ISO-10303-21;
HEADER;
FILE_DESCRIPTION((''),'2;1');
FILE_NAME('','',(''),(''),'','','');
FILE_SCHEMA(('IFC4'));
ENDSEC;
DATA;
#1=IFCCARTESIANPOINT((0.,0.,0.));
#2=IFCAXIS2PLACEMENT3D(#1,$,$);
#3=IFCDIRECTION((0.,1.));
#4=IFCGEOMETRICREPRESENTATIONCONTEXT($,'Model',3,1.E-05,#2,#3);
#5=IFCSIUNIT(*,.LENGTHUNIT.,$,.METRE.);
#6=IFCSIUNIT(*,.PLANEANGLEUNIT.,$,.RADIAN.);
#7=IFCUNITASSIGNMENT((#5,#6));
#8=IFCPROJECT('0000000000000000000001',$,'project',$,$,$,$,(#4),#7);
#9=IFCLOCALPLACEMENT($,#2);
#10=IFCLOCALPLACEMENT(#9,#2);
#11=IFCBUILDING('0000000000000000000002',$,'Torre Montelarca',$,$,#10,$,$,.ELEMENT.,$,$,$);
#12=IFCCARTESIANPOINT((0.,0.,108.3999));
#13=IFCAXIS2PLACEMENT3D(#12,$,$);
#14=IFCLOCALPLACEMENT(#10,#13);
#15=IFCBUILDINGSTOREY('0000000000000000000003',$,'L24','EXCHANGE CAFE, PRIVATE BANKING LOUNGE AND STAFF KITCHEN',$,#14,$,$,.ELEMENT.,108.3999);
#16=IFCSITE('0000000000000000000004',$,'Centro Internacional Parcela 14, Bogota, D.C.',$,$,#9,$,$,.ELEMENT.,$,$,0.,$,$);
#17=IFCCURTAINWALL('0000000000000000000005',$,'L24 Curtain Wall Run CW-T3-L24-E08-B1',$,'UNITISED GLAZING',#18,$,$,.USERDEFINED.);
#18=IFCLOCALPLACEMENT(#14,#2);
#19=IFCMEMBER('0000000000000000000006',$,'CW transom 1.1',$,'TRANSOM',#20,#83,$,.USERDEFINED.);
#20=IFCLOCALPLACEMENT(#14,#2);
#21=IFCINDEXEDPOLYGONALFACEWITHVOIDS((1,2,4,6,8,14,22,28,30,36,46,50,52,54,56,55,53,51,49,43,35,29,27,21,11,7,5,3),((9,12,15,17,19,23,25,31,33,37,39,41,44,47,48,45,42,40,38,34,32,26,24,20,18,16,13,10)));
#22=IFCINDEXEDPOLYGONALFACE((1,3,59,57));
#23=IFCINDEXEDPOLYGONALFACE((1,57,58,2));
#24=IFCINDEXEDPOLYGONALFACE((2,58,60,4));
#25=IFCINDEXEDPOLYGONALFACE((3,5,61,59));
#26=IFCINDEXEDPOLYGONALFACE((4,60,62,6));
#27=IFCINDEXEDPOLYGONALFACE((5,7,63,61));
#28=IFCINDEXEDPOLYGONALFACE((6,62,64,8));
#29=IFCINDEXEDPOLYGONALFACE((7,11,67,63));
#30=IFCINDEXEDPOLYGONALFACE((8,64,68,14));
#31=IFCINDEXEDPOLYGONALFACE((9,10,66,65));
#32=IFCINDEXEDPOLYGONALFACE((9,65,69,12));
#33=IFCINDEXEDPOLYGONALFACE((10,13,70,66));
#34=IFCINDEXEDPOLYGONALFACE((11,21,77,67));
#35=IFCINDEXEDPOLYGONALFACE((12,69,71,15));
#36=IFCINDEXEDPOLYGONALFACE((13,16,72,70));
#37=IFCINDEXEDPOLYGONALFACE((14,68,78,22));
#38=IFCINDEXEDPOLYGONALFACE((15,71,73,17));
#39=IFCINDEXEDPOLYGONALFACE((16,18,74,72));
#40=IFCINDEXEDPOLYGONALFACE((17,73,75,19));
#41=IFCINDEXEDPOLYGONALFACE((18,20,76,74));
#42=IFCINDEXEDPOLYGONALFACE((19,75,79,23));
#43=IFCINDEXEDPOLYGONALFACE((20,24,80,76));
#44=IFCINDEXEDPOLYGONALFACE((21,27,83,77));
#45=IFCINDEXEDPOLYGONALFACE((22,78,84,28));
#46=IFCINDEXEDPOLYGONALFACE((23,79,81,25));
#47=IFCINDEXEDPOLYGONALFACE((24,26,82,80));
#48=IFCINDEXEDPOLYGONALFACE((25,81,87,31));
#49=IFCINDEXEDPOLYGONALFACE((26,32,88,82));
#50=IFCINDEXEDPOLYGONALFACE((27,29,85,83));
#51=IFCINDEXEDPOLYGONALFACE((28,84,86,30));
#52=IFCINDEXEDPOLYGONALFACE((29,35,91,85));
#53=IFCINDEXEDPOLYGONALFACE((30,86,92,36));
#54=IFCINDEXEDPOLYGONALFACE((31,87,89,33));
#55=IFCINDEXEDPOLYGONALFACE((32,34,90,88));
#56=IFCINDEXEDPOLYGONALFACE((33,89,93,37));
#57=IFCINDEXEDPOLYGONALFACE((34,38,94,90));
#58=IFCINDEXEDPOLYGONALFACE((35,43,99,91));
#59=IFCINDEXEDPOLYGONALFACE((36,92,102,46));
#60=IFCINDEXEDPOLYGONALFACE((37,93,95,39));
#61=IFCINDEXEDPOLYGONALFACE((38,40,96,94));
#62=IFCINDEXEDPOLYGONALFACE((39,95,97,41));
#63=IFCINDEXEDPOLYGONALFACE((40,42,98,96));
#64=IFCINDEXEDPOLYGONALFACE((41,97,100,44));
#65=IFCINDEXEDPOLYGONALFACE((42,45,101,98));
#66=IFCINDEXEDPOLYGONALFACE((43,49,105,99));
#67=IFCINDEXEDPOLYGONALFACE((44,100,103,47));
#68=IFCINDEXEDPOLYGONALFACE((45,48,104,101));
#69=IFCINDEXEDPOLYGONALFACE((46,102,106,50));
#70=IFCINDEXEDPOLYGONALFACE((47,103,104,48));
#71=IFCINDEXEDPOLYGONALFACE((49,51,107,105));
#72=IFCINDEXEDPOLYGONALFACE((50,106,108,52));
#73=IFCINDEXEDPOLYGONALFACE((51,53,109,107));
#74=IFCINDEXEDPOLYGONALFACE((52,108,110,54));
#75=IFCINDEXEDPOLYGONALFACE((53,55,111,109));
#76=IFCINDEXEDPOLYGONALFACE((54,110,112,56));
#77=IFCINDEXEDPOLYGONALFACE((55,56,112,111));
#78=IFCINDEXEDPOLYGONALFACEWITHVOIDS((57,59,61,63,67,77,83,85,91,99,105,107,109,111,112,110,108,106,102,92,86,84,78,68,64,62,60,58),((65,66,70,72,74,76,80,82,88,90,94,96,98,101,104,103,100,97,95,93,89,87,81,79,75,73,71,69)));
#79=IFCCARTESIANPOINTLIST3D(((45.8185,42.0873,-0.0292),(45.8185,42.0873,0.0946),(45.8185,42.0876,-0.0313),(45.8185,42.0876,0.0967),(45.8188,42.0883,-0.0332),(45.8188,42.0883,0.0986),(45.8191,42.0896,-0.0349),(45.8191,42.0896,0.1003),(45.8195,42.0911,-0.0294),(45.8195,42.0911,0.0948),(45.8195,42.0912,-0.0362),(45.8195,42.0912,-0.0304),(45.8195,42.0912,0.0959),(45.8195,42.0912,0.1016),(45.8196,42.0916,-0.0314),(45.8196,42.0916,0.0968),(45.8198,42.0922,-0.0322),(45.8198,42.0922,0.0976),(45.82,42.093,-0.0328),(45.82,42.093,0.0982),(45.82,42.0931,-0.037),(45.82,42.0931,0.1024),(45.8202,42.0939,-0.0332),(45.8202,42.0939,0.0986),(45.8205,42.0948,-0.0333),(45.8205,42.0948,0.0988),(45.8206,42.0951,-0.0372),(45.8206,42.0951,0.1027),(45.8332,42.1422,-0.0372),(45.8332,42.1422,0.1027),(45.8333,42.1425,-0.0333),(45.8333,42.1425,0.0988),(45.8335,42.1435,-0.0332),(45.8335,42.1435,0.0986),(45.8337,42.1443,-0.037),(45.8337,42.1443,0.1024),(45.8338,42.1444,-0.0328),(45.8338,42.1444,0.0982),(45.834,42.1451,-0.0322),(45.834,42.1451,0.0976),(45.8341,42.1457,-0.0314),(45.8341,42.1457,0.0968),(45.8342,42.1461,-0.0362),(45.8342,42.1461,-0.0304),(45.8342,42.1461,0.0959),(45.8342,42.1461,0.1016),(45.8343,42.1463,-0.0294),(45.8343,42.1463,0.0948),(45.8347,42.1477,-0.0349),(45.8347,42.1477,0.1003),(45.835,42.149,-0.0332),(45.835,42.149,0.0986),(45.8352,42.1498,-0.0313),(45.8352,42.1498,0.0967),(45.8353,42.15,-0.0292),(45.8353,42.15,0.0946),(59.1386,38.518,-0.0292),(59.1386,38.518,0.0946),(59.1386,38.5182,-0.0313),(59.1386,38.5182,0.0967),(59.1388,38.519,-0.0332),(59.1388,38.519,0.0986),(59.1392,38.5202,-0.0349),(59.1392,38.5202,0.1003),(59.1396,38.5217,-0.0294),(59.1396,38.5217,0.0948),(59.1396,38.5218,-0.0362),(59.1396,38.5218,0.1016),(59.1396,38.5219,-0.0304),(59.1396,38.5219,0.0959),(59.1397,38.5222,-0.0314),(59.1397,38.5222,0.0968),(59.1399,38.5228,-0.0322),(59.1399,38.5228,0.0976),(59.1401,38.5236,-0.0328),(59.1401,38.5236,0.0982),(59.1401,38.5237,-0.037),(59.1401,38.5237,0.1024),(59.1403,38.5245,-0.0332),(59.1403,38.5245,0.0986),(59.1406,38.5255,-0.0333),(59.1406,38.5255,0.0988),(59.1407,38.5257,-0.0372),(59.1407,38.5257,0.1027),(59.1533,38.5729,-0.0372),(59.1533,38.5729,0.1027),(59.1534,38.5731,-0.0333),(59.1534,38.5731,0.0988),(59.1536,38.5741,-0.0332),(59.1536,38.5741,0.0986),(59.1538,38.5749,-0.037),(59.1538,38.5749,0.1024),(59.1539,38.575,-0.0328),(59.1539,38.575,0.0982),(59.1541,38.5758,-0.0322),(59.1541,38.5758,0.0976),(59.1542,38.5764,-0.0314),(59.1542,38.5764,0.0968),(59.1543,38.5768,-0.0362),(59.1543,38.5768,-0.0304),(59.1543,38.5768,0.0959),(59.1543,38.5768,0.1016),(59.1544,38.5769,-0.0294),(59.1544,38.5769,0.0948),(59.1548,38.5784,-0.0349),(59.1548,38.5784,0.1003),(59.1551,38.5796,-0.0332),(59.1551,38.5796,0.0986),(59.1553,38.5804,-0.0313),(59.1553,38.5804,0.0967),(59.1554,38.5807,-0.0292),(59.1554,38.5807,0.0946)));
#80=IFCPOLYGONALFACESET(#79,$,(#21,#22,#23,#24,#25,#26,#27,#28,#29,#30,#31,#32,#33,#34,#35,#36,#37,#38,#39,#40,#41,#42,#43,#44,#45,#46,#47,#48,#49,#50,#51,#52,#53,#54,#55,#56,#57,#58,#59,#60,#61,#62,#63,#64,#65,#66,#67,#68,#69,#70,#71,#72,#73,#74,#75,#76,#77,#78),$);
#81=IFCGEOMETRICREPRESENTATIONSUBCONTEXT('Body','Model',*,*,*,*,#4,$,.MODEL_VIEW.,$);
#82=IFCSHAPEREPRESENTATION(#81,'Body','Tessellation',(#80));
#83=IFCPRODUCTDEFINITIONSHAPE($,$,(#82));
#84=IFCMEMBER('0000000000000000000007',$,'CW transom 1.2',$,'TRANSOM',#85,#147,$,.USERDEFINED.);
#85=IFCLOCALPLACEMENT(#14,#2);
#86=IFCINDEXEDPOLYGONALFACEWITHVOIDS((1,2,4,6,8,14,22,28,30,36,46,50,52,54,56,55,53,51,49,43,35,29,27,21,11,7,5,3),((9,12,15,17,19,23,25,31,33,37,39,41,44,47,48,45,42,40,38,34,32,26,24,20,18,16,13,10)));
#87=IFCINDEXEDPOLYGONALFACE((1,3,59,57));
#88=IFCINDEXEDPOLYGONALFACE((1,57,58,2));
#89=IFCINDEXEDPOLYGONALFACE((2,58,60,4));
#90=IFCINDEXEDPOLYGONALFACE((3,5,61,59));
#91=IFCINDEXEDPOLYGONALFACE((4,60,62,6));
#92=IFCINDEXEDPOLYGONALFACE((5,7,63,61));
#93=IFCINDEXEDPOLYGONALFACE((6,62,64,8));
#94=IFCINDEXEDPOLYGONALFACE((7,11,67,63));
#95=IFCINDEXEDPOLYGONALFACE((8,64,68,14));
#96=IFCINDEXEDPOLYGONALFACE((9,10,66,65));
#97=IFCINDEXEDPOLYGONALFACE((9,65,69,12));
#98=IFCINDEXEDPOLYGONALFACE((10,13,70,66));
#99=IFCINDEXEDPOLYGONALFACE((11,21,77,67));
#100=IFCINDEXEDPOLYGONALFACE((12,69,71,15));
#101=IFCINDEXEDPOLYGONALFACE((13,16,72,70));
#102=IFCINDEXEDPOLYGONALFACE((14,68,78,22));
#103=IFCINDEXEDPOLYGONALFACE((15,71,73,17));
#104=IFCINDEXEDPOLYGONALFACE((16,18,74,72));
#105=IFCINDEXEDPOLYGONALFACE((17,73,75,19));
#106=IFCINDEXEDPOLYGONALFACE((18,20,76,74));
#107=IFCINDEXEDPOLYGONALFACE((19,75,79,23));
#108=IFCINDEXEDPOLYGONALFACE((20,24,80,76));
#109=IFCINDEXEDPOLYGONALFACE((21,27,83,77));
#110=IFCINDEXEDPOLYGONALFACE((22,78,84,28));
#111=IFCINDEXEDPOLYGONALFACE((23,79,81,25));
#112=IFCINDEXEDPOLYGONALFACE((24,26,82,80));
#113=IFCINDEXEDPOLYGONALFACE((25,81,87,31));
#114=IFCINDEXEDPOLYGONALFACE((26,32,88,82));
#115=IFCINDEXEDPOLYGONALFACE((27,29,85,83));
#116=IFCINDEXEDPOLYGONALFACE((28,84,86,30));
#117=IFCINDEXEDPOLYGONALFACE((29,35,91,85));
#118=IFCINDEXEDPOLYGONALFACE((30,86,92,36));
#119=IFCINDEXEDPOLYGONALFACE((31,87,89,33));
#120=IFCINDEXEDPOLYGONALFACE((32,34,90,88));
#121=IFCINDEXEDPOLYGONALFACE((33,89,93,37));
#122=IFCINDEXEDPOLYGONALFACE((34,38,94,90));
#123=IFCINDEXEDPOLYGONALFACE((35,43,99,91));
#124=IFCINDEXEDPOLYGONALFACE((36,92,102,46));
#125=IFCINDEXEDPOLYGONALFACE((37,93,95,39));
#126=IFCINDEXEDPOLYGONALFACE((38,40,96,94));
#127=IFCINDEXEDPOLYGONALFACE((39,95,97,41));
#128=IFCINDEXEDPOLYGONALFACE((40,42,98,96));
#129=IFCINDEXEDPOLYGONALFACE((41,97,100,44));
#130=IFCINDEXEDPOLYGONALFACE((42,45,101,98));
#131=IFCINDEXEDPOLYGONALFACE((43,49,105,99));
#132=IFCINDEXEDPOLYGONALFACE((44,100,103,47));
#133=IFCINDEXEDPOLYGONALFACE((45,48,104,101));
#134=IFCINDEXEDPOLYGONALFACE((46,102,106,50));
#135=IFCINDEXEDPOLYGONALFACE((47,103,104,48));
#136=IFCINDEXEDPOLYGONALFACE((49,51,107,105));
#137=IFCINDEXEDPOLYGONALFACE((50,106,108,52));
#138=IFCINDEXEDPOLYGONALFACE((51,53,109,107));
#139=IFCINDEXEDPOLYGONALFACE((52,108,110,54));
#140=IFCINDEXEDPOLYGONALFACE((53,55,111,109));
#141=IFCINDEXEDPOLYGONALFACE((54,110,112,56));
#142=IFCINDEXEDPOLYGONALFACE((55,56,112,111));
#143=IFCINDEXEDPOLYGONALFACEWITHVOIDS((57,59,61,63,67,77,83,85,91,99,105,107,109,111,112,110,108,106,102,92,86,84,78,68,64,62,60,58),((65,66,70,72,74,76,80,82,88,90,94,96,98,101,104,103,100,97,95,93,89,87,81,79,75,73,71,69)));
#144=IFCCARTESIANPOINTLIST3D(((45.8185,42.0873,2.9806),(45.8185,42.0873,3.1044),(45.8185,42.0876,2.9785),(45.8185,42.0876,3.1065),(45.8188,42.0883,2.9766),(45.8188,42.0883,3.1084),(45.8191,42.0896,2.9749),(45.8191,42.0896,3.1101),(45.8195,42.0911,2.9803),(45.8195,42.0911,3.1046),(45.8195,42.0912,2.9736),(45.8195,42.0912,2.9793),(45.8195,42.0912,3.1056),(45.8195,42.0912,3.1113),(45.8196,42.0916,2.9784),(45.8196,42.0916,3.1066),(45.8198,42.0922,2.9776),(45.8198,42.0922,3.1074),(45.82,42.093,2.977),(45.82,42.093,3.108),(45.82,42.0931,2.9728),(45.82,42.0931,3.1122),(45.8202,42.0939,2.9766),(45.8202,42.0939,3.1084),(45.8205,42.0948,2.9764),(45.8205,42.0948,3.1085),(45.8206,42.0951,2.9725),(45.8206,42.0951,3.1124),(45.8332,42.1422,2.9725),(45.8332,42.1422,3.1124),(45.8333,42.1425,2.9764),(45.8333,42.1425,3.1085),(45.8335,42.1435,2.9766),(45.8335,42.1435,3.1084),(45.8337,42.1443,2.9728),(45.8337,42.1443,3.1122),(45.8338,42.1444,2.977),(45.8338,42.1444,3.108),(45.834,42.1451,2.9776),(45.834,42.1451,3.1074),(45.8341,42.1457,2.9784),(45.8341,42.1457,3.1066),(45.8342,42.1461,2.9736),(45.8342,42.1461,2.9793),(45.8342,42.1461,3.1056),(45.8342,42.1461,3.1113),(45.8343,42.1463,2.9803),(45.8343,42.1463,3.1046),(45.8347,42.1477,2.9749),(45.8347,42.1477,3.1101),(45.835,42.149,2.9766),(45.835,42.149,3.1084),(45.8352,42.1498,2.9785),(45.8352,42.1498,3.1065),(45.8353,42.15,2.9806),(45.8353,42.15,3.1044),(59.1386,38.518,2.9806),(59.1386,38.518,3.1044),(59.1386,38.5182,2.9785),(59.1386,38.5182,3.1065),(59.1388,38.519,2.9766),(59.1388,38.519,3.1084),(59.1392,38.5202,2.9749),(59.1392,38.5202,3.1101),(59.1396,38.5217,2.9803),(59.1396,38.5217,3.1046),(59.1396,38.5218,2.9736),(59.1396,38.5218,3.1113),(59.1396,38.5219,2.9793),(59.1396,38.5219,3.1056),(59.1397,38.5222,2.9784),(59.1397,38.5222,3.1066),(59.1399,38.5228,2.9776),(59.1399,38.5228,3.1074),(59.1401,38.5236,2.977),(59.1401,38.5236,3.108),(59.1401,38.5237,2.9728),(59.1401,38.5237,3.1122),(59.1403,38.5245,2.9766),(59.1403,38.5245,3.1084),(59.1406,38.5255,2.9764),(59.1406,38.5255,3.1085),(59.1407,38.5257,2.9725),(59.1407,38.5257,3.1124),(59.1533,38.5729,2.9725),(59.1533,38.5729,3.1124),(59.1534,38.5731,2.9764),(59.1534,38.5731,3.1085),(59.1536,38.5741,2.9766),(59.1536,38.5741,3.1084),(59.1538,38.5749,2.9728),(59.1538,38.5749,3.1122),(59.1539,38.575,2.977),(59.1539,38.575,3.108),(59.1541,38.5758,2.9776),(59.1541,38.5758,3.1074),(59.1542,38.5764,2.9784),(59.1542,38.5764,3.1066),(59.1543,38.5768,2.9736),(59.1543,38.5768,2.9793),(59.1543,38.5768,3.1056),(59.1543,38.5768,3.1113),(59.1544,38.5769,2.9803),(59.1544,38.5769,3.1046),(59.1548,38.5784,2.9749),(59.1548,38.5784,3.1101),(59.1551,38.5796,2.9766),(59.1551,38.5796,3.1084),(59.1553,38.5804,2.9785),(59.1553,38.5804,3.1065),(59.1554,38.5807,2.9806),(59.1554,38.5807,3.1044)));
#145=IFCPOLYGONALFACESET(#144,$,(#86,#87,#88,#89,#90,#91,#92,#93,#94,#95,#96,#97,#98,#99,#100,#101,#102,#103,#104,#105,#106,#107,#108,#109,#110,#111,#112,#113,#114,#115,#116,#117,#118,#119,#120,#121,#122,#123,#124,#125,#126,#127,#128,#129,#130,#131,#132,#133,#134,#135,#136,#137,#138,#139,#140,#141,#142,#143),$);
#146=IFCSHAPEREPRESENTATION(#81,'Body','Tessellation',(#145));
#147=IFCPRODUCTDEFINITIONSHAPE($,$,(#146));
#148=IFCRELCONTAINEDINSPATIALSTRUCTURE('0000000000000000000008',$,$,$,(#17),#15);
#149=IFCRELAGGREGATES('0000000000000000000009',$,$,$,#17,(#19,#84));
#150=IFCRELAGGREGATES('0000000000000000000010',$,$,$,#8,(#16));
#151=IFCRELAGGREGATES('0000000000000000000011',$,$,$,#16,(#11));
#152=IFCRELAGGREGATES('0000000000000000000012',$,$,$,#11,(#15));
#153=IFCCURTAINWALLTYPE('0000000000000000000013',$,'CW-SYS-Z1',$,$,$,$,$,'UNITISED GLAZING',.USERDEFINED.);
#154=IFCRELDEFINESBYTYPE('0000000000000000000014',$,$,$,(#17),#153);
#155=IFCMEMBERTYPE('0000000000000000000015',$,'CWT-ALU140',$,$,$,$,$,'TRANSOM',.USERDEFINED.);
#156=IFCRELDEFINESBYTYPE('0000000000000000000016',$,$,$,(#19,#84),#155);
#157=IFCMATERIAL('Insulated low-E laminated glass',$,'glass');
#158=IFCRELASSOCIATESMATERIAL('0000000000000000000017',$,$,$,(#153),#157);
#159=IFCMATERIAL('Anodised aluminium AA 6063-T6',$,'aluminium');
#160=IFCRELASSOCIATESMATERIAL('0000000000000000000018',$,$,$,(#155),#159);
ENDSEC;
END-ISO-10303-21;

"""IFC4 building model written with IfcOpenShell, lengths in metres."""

from ifc_helpers import new_model, si_unit, direction, frame, origin, origin_2d, place, context, subcontext, project, spatial, hollow_rectangle, extrude, source, transform, mapped, material, material_profile, profile_set, type_object, element, aggregate, save


model = new_model("IFC4")

# Units and contexts
model_context = context("Model", 3, precision=1e-05, world=origin(), true_north=direction((0.0, 1.0)))
body_context = subcontext(model_context, "Body", "Model", "MODEL_VIEW")
ifc_project = project(units=[si_unit("LENGTHUNIT", "METRE"), si_unit("PLANEANGLEUNIT", "RADIAN")], contexts=[model_context])

# Site, building, storey
site_placement = place(None, origin())
site = spatial("IfcSite", under=ifc_project, at=site_placement, Name="Centro Internacional Parcela 14, Bogota, D.C.", CompositionType="ELEMENT", RefElevation=0.0)
building_placement = place(site_placement, origin())
building = spatial("IfcBuilding", under=site, at=building_placement, Name="Torre Montelarca", CompositionType="ELEMENT")
storey_placement = place(building_placement, frame((0.0, 0.0, 108.3999)))
storey = spatial("IfcBuildingStorey", under=building, at=storey_placement, Name="L24", Description="EXCHANGE CAFE, PRIVATE BANKING LOUNGE AND STAFF KITCHEN", CompositionType="ELEMENT", Elevation=108.3999)

# Curtain wall, members
ifc_material_1 = material(Name="Insulated low-E laminated glass", Category="glass")
curtain_wall_type = type_object("IfcCurtainWallType", Name="CW-SYS-Z1", ElementType="UNITISED GLAZING", PredefinedType="USERDEFINED", material=ifc_material_1)
ifc_material_2 = material(Name="Anodised aluminium AA 6063-T6", Category="aluminium")
ifc_material_profile_1 = material_profile(ifc_material_2, hollow_rectangle(XDim=0.0649, YDim=0.1399, WallThickness=0.0039, InnerFilletRadius=0.0039, OuterFilletRadius=0.0081, at=origin_2d()), Name="ALU65X140X4", Category="aluminium")
ifc_profile_set_1 = profile_set([ifc_material_profile_1], Name="Anodised aluminium AA 6063-T6")
member_type_1 = type_object("IfcMemberType", Name="CWT-ALU140", ElementType="TRANSOM", PredefinedType="USERDEFINED", material=ifc_profile_set_1)
curtain_wall_1_placement = place(storey_placement, origin())
curtain_wall_1 = element("IfcCurtainWall", 1, at=curtain_wall_1_placement, inside=storey, type_object=curtain_wall_type, Name="L24 Curtain Wall Run CW-T3-L24-E08-B1", ObjectType="UNITISED GLAZING", PredefinedType="USERDEFINED")
shared_shape_1 = source(origin(), body_context, "Body", "SweptSolid", [
    extrude(hollow_rectangle(XDim=0.0649, YDim=0.1399, WallThickness=0.0039, InnerFilletRadius=0.0039, OuterFilletRadius=0.0081, at=origin_2d()), origin(), (0.0, 0.0, 1.0), 13.79),
])
member_1_placement = place(storey_placement, frame((59.147, 38.5493, 0.0327), z_axis=(-0.965922, 0.258835, 0.0), x_axis=(-0.258835, -0.965922, 0.0)))
member_1 = element("IfcMember", 2, at=member_1_placement, type_object=member_type_1, Name="CW transom 1.1", ObjectType="TRANSOM", PredefinedType="USERDEFINED", context=body_context, shape_type="MappedRepresentation", body=[
    mapped(shared_shape_1, transform((0.0, 0.0, 0.0), scale=1.0)),
])
member_2_placement = place(storey_placement, frame((59.147, 38.5493, 3.0425), z_axis=(-0.965922, 0.258835, 0.0), x_axis=(-0.258835, -0.965922, 0.0)))
member_2 = element("IfcMember", 3, at=member_2_placement, type_object=member_type_1, Name="CW transom 1.2", ObjectType="TRANSOM", PredefinedType="USERDEFINED", context=body_context, shape_type="MappedRepresentation", body=[
    mapped(shared_shape_1, transform((0.0, 0.0, 0.0), scale=1.0)),
])

aggregate(curtain_wall_1, [member_1, member_2])

save(model, "model.ifc")
